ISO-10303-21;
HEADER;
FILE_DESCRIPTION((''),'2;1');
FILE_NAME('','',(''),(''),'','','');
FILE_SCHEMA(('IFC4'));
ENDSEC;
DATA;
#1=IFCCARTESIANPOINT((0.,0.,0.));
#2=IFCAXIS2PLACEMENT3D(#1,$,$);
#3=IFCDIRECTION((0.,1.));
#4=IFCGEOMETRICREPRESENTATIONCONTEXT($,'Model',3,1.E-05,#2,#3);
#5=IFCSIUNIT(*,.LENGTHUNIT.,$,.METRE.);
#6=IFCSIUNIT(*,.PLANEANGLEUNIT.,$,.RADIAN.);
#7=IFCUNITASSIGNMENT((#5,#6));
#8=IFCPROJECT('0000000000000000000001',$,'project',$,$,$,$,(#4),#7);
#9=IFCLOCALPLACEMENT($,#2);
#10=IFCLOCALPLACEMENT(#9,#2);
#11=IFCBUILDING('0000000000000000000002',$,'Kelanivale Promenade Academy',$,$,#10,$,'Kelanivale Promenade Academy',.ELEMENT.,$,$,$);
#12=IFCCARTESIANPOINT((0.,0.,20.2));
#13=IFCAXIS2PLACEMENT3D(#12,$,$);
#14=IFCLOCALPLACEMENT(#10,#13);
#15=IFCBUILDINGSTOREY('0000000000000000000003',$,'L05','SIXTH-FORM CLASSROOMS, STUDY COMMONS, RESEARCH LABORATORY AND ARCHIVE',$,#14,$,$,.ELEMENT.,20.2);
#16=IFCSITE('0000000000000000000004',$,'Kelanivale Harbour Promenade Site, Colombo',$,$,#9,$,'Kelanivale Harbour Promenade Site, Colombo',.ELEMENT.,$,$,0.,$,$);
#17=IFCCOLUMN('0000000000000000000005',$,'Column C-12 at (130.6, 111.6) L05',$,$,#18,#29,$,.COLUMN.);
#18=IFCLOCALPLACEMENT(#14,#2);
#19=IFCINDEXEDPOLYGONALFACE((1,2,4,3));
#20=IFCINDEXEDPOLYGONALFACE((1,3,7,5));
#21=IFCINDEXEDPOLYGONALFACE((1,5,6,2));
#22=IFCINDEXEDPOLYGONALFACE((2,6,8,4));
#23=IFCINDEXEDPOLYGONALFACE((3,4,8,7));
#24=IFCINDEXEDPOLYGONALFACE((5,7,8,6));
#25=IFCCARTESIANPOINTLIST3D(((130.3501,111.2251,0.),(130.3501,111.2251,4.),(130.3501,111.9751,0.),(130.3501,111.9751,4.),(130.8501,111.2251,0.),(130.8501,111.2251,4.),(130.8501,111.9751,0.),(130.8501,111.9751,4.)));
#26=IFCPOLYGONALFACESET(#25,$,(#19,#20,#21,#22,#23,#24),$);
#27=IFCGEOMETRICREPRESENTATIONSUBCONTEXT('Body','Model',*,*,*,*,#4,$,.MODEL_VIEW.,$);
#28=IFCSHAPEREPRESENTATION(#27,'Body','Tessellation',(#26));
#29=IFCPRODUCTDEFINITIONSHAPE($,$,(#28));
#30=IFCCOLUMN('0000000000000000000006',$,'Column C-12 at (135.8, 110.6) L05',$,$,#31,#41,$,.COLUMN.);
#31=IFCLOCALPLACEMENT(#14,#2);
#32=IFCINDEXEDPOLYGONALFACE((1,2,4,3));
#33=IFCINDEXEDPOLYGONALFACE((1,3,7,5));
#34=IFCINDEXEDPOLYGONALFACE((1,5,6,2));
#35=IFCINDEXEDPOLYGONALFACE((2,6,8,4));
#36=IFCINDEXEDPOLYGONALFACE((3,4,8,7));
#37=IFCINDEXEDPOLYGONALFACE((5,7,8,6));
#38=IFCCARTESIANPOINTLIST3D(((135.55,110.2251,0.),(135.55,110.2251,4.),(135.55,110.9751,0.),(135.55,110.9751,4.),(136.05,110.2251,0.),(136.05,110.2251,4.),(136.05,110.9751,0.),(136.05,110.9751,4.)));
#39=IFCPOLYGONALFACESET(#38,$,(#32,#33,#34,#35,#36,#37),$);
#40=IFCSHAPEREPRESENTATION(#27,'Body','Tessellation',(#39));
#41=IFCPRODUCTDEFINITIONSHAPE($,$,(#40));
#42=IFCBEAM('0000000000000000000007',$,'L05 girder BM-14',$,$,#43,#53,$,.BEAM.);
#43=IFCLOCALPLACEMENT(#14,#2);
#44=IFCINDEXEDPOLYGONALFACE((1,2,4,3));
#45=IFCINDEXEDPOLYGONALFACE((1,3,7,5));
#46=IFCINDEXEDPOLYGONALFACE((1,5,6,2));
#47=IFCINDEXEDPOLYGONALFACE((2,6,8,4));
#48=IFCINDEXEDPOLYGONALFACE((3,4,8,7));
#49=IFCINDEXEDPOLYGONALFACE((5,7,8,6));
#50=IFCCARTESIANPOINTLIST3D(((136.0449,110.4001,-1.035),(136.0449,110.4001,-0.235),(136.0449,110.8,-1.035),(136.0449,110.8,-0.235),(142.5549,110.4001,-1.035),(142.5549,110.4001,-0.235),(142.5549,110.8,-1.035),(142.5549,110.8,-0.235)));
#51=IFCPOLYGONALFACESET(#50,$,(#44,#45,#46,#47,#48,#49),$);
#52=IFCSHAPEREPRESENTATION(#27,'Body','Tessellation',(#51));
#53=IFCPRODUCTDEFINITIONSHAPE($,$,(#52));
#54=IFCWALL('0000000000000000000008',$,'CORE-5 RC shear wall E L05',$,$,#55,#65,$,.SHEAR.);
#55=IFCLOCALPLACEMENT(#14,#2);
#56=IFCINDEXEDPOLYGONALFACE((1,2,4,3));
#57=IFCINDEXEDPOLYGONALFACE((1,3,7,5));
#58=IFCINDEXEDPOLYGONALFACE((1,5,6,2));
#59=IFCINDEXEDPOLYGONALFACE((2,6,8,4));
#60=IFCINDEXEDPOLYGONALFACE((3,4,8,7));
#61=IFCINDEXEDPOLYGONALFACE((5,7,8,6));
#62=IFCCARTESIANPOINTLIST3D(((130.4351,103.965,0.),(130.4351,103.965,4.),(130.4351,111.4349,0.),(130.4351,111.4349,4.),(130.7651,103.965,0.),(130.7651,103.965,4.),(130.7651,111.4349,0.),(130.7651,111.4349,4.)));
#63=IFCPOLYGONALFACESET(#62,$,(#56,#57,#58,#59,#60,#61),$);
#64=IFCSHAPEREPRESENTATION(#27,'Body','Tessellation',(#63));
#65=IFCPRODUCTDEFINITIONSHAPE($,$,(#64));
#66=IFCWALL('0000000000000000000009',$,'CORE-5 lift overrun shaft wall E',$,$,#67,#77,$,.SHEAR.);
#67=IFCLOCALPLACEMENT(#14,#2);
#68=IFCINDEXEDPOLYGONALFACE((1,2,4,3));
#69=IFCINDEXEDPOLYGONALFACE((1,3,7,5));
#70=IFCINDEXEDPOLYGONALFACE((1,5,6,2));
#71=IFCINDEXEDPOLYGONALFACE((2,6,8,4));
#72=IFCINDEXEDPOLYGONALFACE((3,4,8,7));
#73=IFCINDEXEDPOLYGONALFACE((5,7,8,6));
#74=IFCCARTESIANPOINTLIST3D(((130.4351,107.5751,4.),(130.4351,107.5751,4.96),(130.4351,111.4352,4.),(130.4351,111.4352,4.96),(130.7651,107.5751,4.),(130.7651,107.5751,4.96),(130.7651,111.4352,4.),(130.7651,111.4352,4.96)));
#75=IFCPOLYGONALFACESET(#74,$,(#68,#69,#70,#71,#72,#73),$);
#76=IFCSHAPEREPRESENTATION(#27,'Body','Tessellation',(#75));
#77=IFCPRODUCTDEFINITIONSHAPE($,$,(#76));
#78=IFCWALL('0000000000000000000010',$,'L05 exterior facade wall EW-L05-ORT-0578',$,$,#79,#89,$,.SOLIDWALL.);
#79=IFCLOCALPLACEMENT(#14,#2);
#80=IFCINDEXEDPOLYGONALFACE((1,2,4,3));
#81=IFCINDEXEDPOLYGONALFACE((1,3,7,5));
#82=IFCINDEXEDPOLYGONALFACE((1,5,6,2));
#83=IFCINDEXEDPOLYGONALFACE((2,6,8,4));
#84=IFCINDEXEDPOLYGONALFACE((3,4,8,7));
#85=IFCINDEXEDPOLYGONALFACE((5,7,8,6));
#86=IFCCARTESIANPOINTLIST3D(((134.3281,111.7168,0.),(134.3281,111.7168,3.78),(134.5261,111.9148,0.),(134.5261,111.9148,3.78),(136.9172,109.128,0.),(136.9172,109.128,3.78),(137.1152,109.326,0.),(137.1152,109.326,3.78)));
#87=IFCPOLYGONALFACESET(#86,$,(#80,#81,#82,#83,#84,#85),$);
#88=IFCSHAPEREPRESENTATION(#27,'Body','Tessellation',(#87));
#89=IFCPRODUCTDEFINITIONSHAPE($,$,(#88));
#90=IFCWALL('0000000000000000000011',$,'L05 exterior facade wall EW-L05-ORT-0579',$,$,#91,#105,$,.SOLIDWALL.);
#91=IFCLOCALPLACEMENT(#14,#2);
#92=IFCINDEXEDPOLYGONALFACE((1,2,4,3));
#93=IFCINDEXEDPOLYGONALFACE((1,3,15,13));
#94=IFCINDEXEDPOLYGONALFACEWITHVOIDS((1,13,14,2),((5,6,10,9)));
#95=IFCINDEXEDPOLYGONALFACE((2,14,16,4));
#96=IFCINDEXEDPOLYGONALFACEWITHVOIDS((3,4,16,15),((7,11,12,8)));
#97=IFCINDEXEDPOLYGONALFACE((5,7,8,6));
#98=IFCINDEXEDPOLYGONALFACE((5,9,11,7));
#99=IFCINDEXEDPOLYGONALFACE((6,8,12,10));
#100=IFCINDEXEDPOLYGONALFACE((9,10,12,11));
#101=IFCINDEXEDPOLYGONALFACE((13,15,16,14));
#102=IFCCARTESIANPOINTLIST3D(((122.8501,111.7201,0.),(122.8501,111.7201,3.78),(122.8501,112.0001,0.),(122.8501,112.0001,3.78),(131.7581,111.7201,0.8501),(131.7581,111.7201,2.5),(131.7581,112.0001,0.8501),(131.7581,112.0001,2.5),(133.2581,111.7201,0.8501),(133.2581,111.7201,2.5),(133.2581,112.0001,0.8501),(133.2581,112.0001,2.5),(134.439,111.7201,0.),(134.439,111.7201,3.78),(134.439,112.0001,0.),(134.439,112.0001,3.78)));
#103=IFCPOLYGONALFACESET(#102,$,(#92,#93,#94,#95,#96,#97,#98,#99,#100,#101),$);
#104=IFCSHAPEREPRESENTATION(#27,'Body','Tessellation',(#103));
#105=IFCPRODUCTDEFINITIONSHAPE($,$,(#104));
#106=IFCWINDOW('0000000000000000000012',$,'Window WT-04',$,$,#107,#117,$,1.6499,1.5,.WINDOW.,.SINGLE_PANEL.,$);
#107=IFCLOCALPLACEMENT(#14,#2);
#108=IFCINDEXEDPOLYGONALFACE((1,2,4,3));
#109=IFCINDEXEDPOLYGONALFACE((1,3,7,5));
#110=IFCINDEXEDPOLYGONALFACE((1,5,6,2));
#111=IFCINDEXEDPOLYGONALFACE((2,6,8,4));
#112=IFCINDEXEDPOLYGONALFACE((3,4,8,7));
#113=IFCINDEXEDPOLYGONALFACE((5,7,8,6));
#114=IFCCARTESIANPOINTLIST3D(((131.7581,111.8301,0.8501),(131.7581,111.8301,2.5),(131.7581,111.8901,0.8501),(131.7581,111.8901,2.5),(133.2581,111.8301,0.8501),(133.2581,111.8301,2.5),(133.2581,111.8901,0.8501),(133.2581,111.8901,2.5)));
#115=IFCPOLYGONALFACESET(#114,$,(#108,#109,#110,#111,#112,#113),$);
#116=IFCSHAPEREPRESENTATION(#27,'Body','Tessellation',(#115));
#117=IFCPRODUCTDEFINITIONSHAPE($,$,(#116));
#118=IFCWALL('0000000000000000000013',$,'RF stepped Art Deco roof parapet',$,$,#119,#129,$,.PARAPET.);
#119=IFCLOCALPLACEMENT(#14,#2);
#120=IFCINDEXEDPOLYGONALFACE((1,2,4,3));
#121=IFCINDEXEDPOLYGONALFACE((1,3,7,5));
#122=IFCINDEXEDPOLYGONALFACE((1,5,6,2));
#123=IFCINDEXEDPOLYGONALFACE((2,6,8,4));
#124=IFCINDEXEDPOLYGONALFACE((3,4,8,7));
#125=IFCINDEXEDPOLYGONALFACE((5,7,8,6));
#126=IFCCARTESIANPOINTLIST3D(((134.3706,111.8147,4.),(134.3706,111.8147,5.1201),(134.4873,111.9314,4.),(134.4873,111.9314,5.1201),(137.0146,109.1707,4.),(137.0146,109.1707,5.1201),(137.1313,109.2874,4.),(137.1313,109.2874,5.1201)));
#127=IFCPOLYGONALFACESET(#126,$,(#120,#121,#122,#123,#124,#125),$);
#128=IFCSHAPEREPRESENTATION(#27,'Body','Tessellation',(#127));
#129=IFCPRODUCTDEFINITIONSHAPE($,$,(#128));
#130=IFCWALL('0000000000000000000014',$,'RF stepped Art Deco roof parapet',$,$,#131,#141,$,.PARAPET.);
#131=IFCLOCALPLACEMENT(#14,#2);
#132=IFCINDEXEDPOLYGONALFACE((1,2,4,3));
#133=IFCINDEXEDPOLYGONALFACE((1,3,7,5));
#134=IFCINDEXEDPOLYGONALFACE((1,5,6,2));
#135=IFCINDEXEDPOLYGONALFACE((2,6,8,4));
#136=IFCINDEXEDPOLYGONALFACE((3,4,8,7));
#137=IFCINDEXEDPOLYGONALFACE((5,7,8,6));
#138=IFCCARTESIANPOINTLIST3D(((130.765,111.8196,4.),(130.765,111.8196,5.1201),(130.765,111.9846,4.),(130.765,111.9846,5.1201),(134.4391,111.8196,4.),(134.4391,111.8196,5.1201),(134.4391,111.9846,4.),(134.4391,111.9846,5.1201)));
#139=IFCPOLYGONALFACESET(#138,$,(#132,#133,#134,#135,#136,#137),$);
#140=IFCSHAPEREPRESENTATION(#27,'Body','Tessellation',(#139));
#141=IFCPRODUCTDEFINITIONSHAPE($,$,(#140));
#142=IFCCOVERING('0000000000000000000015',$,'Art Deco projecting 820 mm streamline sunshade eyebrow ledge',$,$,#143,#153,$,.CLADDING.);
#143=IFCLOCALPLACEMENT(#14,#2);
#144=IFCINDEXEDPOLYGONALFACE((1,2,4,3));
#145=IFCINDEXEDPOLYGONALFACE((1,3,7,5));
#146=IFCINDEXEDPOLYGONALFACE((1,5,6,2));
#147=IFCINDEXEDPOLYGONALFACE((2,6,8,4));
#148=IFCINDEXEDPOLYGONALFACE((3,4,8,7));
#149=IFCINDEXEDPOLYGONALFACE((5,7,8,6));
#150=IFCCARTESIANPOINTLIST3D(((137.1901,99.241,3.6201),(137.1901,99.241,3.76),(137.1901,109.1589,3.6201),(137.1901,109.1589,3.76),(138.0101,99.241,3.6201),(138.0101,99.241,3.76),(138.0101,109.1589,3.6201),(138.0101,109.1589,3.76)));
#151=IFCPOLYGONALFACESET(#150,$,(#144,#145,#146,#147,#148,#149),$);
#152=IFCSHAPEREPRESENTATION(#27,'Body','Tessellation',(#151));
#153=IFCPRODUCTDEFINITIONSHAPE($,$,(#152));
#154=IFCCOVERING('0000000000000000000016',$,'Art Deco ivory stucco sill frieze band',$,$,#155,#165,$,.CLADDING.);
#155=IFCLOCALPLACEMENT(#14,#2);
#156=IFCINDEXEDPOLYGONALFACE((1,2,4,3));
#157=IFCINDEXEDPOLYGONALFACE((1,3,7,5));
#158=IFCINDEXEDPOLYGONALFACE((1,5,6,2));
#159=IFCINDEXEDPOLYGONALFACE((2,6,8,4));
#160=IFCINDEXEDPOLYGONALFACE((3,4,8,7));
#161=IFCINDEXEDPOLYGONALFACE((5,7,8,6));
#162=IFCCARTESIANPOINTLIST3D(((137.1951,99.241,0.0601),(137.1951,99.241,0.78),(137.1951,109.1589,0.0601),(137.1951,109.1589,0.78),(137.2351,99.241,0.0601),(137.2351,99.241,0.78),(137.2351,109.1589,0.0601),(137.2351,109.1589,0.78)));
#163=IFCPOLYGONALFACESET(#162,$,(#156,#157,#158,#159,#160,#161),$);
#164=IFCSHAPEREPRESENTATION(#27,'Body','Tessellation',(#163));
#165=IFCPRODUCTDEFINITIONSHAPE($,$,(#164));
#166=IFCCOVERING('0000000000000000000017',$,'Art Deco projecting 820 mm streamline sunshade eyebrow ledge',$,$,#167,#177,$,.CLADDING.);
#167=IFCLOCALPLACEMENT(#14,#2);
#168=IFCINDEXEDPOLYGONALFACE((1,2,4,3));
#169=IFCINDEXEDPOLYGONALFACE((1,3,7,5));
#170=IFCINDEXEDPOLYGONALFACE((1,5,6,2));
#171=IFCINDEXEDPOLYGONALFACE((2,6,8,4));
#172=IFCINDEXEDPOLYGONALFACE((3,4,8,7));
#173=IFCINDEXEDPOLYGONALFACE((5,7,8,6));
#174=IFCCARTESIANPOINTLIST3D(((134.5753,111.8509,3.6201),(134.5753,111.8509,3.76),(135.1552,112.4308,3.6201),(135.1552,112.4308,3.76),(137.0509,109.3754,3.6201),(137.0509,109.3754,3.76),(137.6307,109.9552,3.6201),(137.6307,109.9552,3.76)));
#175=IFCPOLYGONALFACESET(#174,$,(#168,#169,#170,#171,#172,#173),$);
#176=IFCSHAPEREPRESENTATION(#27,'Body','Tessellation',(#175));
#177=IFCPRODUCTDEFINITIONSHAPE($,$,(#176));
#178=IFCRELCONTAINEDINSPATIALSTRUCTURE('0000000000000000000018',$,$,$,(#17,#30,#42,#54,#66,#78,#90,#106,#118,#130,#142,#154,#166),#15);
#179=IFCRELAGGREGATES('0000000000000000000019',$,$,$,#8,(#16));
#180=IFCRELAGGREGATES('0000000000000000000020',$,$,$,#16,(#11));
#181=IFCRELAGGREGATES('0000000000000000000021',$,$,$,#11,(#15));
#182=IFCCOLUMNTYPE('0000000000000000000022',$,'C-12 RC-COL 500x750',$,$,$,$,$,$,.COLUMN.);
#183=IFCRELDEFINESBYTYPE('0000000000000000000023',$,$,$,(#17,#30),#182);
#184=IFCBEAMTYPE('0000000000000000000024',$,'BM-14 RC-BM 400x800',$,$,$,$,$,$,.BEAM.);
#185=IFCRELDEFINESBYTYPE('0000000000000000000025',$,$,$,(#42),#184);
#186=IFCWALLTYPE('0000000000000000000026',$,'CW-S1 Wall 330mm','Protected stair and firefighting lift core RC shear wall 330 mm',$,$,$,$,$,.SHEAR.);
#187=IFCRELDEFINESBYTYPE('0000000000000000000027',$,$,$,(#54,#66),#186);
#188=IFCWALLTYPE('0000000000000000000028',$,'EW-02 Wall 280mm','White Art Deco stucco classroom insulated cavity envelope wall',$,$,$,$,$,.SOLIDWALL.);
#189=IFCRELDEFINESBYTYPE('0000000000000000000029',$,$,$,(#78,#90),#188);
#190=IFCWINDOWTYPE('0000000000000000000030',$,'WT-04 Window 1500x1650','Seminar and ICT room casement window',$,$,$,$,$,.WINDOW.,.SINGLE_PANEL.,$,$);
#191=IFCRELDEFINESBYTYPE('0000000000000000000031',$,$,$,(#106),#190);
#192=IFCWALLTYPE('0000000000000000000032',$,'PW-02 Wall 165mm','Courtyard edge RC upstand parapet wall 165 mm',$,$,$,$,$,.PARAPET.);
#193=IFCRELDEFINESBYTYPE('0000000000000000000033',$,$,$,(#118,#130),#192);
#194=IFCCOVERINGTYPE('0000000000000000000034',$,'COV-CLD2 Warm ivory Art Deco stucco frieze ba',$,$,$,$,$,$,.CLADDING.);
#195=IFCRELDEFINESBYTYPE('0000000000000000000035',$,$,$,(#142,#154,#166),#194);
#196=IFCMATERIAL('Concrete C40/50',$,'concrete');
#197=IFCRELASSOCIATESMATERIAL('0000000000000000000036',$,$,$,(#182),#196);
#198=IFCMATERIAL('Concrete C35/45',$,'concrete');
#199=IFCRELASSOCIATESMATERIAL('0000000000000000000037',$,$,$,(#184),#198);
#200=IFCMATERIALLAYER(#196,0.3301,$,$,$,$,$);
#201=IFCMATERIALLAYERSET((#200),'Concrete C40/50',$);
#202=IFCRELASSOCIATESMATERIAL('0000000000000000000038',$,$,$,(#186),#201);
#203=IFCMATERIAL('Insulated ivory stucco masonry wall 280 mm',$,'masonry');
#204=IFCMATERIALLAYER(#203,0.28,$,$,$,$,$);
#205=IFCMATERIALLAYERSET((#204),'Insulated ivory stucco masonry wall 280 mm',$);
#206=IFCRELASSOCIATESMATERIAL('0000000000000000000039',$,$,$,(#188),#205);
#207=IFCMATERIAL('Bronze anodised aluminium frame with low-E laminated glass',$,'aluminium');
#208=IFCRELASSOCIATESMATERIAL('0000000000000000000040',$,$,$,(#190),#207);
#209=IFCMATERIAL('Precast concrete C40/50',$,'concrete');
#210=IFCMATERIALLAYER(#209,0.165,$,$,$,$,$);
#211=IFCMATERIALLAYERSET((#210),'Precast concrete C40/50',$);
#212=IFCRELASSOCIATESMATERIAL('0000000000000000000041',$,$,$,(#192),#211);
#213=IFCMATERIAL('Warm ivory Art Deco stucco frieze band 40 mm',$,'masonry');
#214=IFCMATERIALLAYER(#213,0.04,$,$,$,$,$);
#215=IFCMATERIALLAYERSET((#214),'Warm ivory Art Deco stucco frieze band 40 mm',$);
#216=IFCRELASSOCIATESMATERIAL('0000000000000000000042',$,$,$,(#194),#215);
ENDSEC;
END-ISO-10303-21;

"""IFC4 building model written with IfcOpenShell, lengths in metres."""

from ifc_helpers import new_model, si_unit, direction, frame, frame_2d, origin, origin_2d, place, context, subcontext, project, spatial, rectangle, extrude, material, layer, layer_set, material_profile, profile_set, type_object, element, fill, save


model = new_model("IFC4")

# Units and contexts
model_context = context("Model", 3, precision=1e-05, world=origin(), true_north=direction((0.0, 1.0)))
body_context = subcontext(model_context, "Body", "Model", "MODEL_VIEW")
ifc_project = project(units=[si_unit("LENGTHUNIT", "METRE"), si_unit("PLANEANGLEUNIT", "RADIAN")], contexts=[model_context])

# Site, building, storey
site_placement = place(None, origin())
site = spatial("IfcSite", under=ifc_project, at=site_placement, Name="Kelanivale Harbour Promenade Site, Colombo", LongName="Kelanivale Harbour Promenade Site, Colombo", CompositionType="ELEMENT", RefElevation=0.0)
building_placement = place(site_placement, origin())
building = spatial("IfcBuilding", under=site, at=building_placement, Name="Kelanivale Promenade Academy", LongName="Kelanivale Promenade Academy", CompositionType="ELEMENT")
storey_placement = place(building_placement, frame((0.0, 0.0, 20.2)))
storey = spatial("IfcBuildingStorey", under=building, at=storey_placement, Name="L05", Description="SIXTH-FORM CLASSROOMS, STUDY COMMONS, RESEARCH LABORATORY AND ARCHIVE", CompositionType="ELEMENT", Elevation=20.2)

# Columns
ifc_material_1 = material(Name="Concrete C40/50", Category="concrete")
ifc_material_profile_1 = material_profile(ifc_material_1, rectangle(XDim=0.5, YDim=0.75, at=origin_2d()), Name="RC-COL 500x750")
ifc_profile_set_1 = profile_set([ifc_material_profile_1], Name="Concrete C40/50")
column_type = type_object("IfcColumnType", Name="C-12 RC-COL 500x750", PredefinedType="COLUMN", material=ifc_profile_set_1)
for number, where, z_axis, x_axis, name in (
    (1, (130.6001, 111.6001, 0.0), (0.0, 0.0, 1.0), (1.0, 0.0, 0.0), "Column C-12 at (130.6, 111.6) L05"),
    (2, (135.8, 110.6001, 0.0), (0.0, 0.0, 1.0), (1.0, 0.0, 0.0), "Column C-12 at (135.8, 110.6) L05"),
):
    element("IfcColumn", number, at=place(storey_placement, frame(where, z_axis=z_axis, x_axis=x_axis)), inside=storey, type_object=column_type, Name=name, PredefinedType="COLUMN", context=body_context, shape_type="SweptSolid", body=[
        extrude(rectangle(XDim=0.5, YDim=0.75, at=origin_2d()), origin(), (0.0, 0.0, 1.0), 4.0),
    ])

# Beam
ifc_material_2 = material(Name="Concrete C35/45", Category="concrete")
ifc_material_profile_2 = material_profile(ifc_material_2, rectangle(XDim=0.3999, YDim=0.8, at=origin_2d()), Name="RC-BM 400x800")
ifc_profile_set_2 = profile_set([ifc_material_profile_2], Name="Concrete C35/45")
beam_type = type_object("IfcBeamType", Name="BM-14 RC-BM 400x800", PredefinedType="BEAM", material=ifc_profile_set_2)
beam_placement = place(storey_placement, frame((136.0449, 110.6001, -0.635), z_axis=(1.0, 0.0, 0.0), x_axis=(0.0, 1.0, 0.0)))
element("IfcBeam", 3, at=beam_placement, inside=storey, type_object=beam_type, Name="L05 girder BM-14", PredefinedType="BEAM", context=body_context, shape_type="SweptSolid", body=[
    extrude(rectangle(XDim=0.3999, YDim=0.8, at=origin_2d()), origin(), (0.0, 0.0, 1.0), 6.51),
])

# Walls
ifc_layer_1 = layer(ifc_material_1, 0.3301)
ifc_layer_set_1 = layer_set([ifc_layer_1], Name="Concrete C40/50")
wall_type_1 = type_object("IfcWallType", Name="CW-S1 Wall 330mm", Description="Protected stair and firefighting lift core RC shear wall 330 mm", PredefinedType="SHEAR", material=ifc_layer_set_1)
wall_1_placement = place(storey_placement, frame((130.6001, 103.9651, 0.0), z_axis=(0.0, 0.0, 1.0), x_axis=(0.0, 1.0, 0.0)))
element("IfcWall", 4, at=wall_1_placement, inside=storey, type_object=wall_type_1, Name="CORE-5 RC shear wall E L05", PredefinedType="SHEAR", context=body_context, shape_type="SweptSolid", body=[
    extrude(rectangle(XDim=7.47, YDim=0.3301, at=frame_2d((3.7349, 0.0))), origin(), (0.0, 0.0, 1.0), 4.0),
])
wall_2_placement = place(storey_placement, frame((130.6001, 107.575, 4.0), z_axis=(0.0, 0.0, 1.0), x_axis=(0.0, 1.0, 0.0)))
element("IfcWall", 5, at=wall_2_placement, inside=storey, type_object=wall_type_1, Name="CORE-5 lift overrun shaft wall E", PredefinedType="SHEAR", context=body_context, shape_type="SweptSolid", body=[
    extrude(rectangle(XDim=3.8601, YDim=0.3301, at=frame_2d((1.9302, 0.0))), origin(), (0.0, 0.0, 1.0), 0.96),
])
ifc_material_3 = material(Name="Insulated ivory stucco masonry wall 280 mm", Category="masonry")
ifc_layer_2 = layer(ifc_material_3, 0.28)
ifc_layer_set_2 = layer_set([ifc_layer_2], Name="Insulated ivory stucco masonry wall 280 mm")
wall_type_2 = type_object("IfcWallType", Name="EW-02 Wall 280mm", Description="White Art Deco stucco classroom insulated cavity envelope wall", PredefinedType="SOLIDWALL", material=ifc_layer_set_2)
wall_3_placement = place(storey_placement, frame((137.0161, 109.2271, 0.0), z_axis=(0.0, 0.0, 1.0), x_axis=(-0.70714, 0.707073, 0.0)))
element("IfcWall", 6, at=wall_3_placement, inside=storey, type_object=wall_type_2, Name="L05 exterior facade wall EW-L05-ORT-0578", PredefinedType="SOLIDWALL", context=body_context, shape_type="SweptSolid", body=[
    extrude(rectangle(XDim=3.6614, YDim=0.28, at=frame_2d((1.8306, 0.0))), origin(), (0.0, 0.0, 1.0), 3.78),
])

# Wall, opening, window
wall_4_placement = place(storey_placement, frame((134.439, 111.8601, 0.0), z_axis=(0.0, 0.0, 1.0), x_axis=(-1.0, 0.0, 0.0)))
wall_4 = element("IfcWall", 7, at=wall_4_placement, inside=storey, type_object=wall_type_2, Name="L05 exterior facade wall EW-L05-ORT-0579", PredefinedType="SOLIDWALL", context=body_context, shape_type="SweptSolid", body=[
    extrude(rectangle(XDim=11.5889, YDim=0.28, at=frame_2d((5.7944, 0.0))), origin(), (0.0, 0.0, 1.0), 3.78),
])
opening_placement = place(wall_4_placement, frame((1.1809, 0.0, 0.8501)))
opening = element("IfcOpeningElement", 8, at=opening_placement, cuts=wall_4, PredefinedType="OPENING", context=body_context, shape_type="SweptSolid", body=[
    extrude(rectangle(XDim=1.5, YDim=1.6499, at=frame_2d((0.75, 0.825))), frame((0.0, 0.1499, 0.0), z_axis=(0.0, -1.0, 0.0), x_axis=(1.0, 0.0, 0.0)), (0.0, 0.0, 1.0), 0.3),
])
ifc_material_4 = material(Name="Bronze anodised aluminium frame with low-E laminated glass", Category="aluminium")
window_type = type_object("IfcWindowType", Name="WT-04 Window 1500x1650", Description="Seminar and ICT room casement window", PartitioningType="SINGLE_PANEL", PredefinedType="WINDOW", material=ifc_material_4)
window_placement = place(opening_placement, origin())
window = element("IfcWindow", 9, at=window_placement, inside=storey, type_object=window_type, Name="Window WT-04", OverallHeight=1.6499, OverallWidth=1.5, PartitioningType="SINGLE_PANEL", PredefinedType="WINDOW", context=body_context, shape_type="SweptSolid", body=[
    extrude(rectangle(XDim=1.5, YDim=1.6499, at=frame_2d((0.75, 0.825))), frame((0.0, 0.03, 0.0), z_axis=(0.0, -1.0, 0.0), x_axis=(1.0, 0.0, 0.0)), (0.0, 0.0, 1.0), 0.0601),
])
fill(opening, window)

# Walls
ifc_material_5 = material(Name="Precast concrete C40/50", Category="concrete")
ifc_layer_3 = layer(ifc_material_5, 0.165)
ifc_layer_set_3 = layer_set([ifc_layer_3], Name="Precast concrete C40/50")
wall_type_3 = type_object("IfcWallType", Name="PW-02 Wall 165mm", Description="Courtyard edge RC upstand parapet wall 165 mm", PredefinedType="PARAPET", material=ifc_layer_set_3)
wall_5_placement = place(storey_placement, frame((137.073, 109.229, 4.0), z_axis=(0.0, 0.0, 1.0), x_axis=(-0.707107, 0.707107, 0.0)))
element("IfcWall", 10, at=wall_5_placement, inside=storey, type_object=wall_type_3, Name="RF stepped Art Deco roof parapet", PredefinedType="PARAPET", context=body_context, shape_type="SweptSolid", body=[
    extrude(rectangle(XDim=3.7393, YDim=0.165, at=frame_2d((1.8696, 0.0))), origin(), (0.0, 0.0, 1.0), 1.1201),
])
wall_6_placement = place(storey_placement, frame((134.439, 111.9021, 4.0), z_axis=(0.0, 0.0, 1.0), x_axis=(-1.0, 0.0, 0.0)))
element("IfcWall", 11, at=wall_6_placement, inside=storey, type_object=wall_type_3, Name="RF stepped Art Deco roof parapet", PredefinedType="PARAPET", context=body_context, shape_type="SweptSolid", body=[
    extrude(rectangle(XDim=3.6741, YDim=0.165, at=frame_2d((1.8369, 0.0))), origin(), (0.0, 0.0, 1.0), 1.1201),
])

# Coverings
ifc_material_6 = material(Name="Warm ivory Art Deco stucco frieze band 40 mm", Category="masonry")
ifc_layer_4 = layer(ifc_material_6, 0.04)
ifc_layer_set_4 = layer_set([ifc_layer_4], Name="Warm ivory Art Deco stucco frieze band 40 mm")
covering_type = type_object("IfcCoveringType", Name="COV-CLD2 Warm ivory Art Deco stucco frieze ba", PredefinedType="CLADDING", material=ifc_layer_set_4)
covering_1_placement = place(storey_placement, frame((137.6001, 104.2, 3.6201), z_axis=(0.0, 0.0, 1.0), x_axis=(0.0, 1.0, 0.0)))
element("IfcCovering", 12, at=covering_1_placement, inside=storey, type_object=covering_type, Name="Art Deco projecting 820 mm streamline sunshade eyebrow ledge", PredefinedType="CLADDING", context=body_context, shape_type="SweptSolid", body=[
    extrude(rectangle(XDim=9.918, YDim=0.8201, at=origin_2d()), origin(), (0.0, 0.0, 1.0), 0.1399),
])
covering_2_placement = place(storey_placement, frame((137.2151, 104.2, 0.0601), z_axis=(0.0, 0.0, 1.0), x_axis=(0.0, 1.0, 0.0)))
element("IfcCovering", 13, at=covering_2_placement, inside=storey, type_object=covering_type, Name="Art Deco ivory stucco sill frieze band", PredefinedType="CLADDING", context=body_context, shape_type="SweptSolid", body=[
    extrude(rectangle(XDim=9.918, YDim=0.04, at=origin_2d()), origin(), (0.0, 0.0, 1.0), 0.72),
])
covering_3_placement = place(storey_placement, frame((136.103, 110.9031, 3.6201), z_axis=(0.0, 0.0, 1.0), x_axis=(-0.707107, 0.707107, 0.0)))
element("IfcCovering", 14, at=covering_3_placement, inside=storey, type_object=covering_type, Name="Art Deco projecting 820 mm streamline sunshade eyebrow ledge", PredefinedType="CLADDING", context=body_context, shape_type="SweptSolid", body=[
    extrude(rectangle(XDim=3.501, YDim=0.8201, at=origin_2d()), origin(), (0.0, 0.0, 1.0), 0.1399),
])

save(model, "model.ifc")
